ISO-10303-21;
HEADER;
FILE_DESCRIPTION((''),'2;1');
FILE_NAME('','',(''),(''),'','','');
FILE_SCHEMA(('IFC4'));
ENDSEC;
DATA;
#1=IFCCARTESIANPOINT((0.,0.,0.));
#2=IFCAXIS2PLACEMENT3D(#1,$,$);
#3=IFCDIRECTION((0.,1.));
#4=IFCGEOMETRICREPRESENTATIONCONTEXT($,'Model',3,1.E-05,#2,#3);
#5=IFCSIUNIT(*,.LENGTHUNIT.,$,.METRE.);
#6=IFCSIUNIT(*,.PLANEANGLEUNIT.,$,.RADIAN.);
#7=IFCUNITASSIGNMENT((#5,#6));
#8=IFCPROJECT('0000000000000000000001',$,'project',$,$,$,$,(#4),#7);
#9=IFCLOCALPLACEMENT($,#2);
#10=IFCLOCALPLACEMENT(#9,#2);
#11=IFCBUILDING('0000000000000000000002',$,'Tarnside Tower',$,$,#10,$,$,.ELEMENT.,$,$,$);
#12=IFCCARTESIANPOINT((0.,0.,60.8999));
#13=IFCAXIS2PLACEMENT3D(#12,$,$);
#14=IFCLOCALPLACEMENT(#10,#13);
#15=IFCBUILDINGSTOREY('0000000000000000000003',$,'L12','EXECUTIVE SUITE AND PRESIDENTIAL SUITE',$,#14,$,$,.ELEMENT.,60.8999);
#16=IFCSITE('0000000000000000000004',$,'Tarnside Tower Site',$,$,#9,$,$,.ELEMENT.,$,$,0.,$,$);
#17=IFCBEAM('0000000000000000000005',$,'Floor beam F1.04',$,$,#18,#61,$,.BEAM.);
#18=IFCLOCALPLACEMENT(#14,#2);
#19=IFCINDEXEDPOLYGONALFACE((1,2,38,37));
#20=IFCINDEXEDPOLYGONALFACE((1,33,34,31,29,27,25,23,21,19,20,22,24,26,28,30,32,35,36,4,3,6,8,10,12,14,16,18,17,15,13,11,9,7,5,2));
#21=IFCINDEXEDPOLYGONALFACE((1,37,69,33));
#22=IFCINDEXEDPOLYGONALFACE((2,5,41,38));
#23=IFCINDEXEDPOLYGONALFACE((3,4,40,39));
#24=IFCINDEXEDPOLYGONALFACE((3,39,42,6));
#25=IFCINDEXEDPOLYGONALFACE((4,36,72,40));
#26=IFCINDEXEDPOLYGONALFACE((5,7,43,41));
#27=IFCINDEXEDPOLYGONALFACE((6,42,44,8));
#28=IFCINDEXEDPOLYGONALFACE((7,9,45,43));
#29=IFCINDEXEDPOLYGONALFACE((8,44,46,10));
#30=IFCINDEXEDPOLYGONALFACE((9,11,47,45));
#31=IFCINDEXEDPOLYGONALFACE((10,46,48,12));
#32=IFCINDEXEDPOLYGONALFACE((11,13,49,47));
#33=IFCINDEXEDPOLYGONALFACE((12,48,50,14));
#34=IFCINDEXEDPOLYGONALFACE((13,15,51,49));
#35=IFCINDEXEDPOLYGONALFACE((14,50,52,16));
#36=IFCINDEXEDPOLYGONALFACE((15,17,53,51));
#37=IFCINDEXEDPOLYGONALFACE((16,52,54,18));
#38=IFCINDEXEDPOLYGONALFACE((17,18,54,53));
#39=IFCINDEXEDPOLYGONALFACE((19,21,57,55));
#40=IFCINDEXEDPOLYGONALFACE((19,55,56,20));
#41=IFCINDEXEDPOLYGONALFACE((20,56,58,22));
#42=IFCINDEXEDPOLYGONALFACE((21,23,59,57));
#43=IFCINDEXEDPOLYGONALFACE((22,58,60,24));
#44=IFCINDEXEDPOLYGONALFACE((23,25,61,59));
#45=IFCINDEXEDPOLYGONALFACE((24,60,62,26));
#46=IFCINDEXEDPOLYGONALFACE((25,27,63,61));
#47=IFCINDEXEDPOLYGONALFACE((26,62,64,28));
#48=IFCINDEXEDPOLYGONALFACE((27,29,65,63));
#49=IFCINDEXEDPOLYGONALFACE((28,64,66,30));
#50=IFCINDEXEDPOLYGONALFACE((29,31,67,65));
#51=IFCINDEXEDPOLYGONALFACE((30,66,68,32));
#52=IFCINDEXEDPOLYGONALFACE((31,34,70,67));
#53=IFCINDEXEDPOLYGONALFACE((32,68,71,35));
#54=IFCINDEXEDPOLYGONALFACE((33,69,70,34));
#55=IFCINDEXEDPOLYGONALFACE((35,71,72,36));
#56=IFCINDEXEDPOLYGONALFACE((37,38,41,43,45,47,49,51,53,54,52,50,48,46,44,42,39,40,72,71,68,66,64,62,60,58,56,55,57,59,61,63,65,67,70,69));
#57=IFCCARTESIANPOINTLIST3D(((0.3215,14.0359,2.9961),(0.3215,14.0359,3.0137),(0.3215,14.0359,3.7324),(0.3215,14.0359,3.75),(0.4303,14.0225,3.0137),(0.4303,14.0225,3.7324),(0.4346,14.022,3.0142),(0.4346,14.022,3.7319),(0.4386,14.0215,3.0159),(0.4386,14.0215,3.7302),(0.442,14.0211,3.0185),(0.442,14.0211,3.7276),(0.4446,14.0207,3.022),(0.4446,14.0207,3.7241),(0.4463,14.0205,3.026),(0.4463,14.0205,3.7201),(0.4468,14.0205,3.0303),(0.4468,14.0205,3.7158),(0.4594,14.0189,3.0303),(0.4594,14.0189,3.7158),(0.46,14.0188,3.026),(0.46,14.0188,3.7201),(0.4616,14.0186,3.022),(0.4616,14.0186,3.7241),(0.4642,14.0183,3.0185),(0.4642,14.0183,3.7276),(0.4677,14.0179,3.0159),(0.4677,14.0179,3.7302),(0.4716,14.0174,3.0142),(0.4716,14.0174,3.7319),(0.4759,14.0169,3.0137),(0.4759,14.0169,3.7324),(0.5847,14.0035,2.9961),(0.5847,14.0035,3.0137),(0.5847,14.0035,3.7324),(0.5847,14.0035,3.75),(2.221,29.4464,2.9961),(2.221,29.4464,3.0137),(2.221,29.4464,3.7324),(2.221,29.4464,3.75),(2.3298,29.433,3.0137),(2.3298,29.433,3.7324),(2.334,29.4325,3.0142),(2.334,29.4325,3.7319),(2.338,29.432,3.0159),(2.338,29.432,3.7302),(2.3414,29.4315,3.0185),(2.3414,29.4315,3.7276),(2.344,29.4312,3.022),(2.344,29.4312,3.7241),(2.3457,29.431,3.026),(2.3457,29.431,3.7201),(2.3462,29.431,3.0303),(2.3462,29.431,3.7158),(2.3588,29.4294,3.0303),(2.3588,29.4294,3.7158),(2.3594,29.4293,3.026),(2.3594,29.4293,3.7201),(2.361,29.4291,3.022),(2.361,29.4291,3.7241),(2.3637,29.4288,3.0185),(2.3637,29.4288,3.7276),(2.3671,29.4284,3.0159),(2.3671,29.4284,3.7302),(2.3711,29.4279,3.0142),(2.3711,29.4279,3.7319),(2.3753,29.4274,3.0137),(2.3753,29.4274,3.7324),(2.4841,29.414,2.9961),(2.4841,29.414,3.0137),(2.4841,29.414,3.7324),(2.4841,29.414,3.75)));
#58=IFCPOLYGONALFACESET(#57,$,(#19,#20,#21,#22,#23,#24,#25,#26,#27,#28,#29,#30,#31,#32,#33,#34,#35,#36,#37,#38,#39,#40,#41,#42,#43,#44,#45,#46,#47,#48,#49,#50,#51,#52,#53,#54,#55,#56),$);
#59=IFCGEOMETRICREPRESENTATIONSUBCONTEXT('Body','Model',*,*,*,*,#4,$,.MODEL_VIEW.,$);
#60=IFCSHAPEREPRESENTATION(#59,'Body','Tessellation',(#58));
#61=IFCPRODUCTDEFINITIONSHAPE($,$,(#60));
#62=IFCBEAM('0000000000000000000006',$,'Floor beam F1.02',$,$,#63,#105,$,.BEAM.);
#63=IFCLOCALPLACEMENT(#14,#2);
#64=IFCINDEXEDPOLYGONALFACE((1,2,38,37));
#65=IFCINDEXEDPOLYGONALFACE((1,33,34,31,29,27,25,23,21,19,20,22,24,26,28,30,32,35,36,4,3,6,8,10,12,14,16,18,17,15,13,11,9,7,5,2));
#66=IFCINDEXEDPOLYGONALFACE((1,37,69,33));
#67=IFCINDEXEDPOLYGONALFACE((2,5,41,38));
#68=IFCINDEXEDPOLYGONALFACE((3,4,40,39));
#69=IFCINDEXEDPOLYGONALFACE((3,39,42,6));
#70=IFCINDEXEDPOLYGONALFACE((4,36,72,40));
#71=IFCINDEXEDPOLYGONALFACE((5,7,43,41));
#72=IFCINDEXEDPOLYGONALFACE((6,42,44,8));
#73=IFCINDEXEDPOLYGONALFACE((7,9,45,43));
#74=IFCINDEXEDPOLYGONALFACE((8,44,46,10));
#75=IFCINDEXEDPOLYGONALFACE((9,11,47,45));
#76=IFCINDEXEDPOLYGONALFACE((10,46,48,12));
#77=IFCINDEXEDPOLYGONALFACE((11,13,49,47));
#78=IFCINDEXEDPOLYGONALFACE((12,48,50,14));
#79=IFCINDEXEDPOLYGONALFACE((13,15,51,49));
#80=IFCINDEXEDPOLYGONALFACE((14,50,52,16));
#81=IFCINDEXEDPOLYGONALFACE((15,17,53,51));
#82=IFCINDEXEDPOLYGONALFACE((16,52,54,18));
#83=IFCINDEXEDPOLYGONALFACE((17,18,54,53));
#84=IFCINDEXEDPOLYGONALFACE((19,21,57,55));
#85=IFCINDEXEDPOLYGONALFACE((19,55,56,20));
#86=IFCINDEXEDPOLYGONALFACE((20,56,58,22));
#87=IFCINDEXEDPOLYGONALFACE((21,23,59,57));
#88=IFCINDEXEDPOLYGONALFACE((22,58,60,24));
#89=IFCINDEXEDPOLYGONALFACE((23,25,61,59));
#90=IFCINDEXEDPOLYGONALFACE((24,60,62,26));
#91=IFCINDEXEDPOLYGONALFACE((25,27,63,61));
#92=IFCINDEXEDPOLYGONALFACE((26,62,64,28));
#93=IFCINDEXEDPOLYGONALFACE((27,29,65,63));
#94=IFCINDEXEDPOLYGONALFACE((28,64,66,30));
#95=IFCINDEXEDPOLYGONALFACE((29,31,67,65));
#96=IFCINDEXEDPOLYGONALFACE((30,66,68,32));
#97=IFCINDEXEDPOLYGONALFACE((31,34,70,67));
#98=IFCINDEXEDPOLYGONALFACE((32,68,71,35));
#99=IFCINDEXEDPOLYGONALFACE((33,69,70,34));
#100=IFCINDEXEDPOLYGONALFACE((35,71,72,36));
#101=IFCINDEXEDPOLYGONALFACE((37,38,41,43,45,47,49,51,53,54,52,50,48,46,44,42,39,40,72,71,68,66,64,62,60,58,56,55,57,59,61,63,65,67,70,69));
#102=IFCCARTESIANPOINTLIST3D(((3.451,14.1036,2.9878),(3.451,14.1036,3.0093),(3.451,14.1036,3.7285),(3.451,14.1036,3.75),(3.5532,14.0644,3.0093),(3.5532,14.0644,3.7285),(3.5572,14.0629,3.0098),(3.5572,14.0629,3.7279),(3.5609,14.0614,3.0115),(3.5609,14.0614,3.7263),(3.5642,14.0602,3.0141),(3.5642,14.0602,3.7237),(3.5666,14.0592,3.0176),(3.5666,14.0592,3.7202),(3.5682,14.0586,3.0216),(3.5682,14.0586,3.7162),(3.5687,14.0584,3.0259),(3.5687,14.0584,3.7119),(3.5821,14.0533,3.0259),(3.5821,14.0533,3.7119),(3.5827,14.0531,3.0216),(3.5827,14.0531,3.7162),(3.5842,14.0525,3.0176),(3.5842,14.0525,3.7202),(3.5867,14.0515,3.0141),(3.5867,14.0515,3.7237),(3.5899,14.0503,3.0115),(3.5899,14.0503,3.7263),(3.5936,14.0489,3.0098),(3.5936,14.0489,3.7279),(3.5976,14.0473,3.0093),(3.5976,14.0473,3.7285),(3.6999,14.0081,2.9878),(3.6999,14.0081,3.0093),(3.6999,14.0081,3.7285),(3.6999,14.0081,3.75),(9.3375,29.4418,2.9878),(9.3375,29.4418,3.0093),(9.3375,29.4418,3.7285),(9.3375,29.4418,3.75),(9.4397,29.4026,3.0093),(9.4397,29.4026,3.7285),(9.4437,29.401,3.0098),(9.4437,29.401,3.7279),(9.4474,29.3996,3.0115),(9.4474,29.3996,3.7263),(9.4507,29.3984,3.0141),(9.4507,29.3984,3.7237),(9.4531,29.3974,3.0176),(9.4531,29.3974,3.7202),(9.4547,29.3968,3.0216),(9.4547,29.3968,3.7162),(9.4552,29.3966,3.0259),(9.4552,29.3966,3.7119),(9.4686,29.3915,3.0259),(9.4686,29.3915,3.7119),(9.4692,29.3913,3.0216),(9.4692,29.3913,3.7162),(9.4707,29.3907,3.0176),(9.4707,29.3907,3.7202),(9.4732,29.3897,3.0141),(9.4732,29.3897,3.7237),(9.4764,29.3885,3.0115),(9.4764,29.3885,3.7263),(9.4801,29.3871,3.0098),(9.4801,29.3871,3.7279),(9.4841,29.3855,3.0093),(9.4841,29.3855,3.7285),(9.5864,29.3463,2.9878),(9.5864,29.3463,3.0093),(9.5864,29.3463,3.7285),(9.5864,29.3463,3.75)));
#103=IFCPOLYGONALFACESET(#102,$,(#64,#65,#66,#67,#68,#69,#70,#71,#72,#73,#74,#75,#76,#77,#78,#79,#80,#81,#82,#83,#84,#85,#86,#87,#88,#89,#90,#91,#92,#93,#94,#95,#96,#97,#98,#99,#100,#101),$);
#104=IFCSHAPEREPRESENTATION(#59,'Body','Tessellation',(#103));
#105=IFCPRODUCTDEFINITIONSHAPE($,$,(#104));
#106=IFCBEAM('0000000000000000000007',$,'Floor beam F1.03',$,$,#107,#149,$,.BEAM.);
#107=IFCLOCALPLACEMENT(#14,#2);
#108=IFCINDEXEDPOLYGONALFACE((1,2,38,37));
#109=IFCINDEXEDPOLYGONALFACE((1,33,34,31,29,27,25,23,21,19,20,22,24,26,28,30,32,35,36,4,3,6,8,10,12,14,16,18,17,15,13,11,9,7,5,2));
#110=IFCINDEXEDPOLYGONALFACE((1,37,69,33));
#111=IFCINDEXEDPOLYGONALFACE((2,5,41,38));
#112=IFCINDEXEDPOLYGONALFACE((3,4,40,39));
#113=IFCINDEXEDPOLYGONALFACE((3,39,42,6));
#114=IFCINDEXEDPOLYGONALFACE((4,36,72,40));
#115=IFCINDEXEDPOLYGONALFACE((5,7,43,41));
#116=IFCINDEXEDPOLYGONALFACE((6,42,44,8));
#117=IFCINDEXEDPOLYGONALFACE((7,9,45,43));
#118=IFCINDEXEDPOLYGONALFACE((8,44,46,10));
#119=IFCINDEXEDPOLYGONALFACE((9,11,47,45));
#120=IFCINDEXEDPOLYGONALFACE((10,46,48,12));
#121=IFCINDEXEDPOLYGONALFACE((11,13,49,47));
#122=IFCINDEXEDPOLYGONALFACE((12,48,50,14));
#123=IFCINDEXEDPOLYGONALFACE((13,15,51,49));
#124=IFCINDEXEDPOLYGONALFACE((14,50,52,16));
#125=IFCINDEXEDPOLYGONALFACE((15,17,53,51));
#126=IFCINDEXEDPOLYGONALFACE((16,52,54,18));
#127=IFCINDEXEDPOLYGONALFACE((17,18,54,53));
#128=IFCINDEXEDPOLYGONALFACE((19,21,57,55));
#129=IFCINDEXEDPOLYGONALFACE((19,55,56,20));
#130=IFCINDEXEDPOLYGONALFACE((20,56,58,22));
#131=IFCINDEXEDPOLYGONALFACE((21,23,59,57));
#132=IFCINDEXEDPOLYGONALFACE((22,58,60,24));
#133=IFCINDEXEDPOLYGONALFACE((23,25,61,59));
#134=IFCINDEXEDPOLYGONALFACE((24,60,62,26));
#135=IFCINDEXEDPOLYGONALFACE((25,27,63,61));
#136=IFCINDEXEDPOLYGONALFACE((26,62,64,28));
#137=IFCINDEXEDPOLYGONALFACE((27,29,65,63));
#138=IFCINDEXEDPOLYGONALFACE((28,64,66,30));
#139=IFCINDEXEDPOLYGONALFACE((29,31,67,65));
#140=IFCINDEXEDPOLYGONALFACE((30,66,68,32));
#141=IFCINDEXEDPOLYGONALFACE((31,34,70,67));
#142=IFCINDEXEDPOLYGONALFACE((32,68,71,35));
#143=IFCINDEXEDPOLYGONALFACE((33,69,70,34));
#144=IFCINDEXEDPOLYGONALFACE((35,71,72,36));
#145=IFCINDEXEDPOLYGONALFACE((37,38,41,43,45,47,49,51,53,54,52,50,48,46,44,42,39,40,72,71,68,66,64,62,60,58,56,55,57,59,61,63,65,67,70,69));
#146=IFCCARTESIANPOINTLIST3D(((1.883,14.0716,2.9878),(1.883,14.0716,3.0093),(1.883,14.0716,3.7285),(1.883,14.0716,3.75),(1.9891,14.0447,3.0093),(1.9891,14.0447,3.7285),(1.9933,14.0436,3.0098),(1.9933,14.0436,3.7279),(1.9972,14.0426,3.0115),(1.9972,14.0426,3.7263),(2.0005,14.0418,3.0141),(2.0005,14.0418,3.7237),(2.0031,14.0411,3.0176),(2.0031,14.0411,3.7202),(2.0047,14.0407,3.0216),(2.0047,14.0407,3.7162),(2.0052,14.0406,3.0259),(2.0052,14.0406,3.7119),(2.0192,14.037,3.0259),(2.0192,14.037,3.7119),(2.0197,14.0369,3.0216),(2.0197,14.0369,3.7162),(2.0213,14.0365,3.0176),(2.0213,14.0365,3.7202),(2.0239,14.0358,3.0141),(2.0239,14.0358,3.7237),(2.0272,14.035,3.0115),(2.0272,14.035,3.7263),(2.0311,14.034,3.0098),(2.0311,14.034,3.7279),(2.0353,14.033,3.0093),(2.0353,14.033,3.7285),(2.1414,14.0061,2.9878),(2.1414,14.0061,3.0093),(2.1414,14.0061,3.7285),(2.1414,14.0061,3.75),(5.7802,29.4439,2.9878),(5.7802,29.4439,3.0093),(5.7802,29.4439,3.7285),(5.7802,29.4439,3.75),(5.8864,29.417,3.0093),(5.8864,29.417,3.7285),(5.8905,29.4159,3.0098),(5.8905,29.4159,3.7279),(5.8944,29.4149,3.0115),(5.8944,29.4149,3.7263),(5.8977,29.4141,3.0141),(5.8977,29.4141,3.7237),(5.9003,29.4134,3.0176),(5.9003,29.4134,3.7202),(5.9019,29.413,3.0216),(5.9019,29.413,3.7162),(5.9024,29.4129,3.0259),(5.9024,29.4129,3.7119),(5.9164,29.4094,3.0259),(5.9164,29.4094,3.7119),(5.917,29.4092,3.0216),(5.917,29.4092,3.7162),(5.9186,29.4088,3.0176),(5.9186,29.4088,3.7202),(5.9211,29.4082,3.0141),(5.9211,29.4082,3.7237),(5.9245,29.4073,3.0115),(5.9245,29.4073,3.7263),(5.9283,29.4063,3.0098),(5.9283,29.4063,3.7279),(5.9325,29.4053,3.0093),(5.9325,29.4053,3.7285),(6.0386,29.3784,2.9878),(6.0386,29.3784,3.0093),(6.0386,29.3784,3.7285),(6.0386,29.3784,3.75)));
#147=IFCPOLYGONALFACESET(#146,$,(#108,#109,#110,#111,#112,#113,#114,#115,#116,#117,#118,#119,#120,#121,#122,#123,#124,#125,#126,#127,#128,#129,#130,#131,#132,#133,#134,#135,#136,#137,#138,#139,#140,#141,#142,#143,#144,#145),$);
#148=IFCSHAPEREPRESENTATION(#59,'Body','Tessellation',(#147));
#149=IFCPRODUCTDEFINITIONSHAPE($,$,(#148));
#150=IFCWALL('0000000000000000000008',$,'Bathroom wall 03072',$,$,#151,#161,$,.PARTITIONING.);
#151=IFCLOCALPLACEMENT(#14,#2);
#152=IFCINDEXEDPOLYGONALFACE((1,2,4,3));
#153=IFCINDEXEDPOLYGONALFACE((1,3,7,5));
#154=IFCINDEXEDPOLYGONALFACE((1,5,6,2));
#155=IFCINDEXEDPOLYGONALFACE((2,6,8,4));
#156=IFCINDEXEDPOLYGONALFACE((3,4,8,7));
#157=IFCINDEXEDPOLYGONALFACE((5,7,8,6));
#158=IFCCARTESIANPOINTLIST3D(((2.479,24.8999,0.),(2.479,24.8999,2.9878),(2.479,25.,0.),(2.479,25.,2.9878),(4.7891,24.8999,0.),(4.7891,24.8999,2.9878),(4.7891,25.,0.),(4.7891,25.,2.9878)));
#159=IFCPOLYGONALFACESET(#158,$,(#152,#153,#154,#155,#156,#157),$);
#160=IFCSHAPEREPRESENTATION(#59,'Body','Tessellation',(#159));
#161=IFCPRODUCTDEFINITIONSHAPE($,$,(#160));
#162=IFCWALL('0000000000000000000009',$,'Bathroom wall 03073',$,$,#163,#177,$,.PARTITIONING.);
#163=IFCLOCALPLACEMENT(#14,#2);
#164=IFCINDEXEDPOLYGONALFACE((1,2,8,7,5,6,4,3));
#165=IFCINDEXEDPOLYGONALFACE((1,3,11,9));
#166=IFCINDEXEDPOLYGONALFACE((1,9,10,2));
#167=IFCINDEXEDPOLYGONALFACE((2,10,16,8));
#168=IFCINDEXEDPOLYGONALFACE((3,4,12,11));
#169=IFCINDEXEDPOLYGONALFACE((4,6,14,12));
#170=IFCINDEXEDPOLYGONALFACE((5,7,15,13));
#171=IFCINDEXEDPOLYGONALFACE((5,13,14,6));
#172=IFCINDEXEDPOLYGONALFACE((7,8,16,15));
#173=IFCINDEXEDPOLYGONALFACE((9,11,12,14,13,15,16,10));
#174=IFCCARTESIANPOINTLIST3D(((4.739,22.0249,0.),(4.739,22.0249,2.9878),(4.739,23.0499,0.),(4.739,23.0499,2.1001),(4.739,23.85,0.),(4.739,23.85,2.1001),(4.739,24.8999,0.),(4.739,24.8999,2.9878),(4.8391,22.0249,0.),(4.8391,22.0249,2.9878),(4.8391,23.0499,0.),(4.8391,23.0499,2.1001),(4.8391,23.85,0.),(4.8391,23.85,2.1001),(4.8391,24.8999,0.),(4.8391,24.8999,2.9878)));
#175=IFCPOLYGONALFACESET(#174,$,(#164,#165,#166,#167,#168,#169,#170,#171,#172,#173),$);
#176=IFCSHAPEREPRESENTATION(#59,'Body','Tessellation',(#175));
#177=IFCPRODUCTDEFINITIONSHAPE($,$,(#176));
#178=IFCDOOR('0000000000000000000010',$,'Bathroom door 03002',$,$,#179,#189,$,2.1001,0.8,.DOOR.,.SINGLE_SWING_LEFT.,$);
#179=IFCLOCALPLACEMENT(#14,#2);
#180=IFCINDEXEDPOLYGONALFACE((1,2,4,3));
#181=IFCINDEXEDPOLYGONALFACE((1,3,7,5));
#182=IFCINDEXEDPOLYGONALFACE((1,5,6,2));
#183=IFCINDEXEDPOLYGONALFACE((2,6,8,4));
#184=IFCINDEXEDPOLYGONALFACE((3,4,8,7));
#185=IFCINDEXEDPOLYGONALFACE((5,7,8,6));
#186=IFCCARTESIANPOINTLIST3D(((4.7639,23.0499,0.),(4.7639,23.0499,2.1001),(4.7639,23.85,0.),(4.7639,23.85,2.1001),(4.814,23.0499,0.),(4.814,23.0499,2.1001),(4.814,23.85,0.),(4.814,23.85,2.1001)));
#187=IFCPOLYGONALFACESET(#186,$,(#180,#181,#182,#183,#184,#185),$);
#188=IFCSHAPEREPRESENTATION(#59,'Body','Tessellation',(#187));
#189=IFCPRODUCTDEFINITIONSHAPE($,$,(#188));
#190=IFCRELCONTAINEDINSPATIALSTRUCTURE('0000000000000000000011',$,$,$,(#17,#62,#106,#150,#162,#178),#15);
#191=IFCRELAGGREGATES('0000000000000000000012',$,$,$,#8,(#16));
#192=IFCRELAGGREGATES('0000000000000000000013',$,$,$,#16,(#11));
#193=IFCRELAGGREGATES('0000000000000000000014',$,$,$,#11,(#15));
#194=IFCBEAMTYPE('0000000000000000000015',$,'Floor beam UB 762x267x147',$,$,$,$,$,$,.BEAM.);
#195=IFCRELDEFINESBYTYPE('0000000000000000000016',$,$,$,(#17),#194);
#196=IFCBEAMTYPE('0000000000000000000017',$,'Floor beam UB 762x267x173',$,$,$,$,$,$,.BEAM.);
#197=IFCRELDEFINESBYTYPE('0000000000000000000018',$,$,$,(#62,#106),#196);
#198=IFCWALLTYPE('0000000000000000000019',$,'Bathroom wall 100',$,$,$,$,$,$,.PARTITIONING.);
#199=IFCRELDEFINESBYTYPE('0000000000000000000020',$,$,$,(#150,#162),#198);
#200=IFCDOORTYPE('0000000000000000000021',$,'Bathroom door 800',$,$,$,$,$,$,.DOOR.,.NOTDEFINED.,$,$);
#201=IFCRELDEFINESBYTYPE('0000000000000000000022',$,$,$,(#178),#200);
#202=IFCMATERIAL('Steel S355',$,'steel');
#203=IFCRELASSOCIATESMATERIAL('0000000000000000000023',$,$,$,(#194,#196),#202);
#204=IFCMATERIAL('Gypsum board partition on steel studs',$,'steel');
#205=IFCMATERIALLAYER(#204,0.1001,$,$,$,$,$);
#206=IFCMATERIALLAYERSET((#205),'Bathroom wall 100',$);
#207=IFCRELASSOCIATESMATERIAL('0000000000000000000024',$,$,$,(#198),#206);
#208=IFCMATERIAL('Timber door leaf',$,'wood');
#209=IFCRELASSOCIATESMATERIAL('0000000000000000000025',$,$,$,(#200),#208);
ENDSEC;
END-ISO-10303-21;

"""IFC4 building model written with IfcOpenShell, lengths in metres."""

from ifc_helpers import new_model, si_unit, direction, frame, frame_2d, origin, origin_2d, place, context, subcontext, project, spatial, rectangle, i_section, extrude, material, layer, layer_set, material_profile, profile_set, type_object, element, fill, save


model = new_model("IFC4")

# Units and contexts
model_context = context("Model", 3, precision=1e-05, world=origin(), true_north=direction((0.0, 1.0)))
body_context = subcontext(model_context, "Body", "Model", "MODEL_VIEW")
ifc_project = project(units=[si_unit("LENGTHUNIT", "METRE"), si_unit("PLANEANGLEUNIT", "RADIAN")], contexts=[model_context])

# Site, building, storey
site_placement = place(None, origin())
site = spatial("IfcSite", under=ifc_project, at=site_placement, Name="Tarnside Tower Site", CompositionType="ELEMENT", RefElevation=0.0)
building_placement = place(site_placement, origin())
building = spatial("IfcBuilding", under=site, at=building_placement, Name="Tarnside Tower", CompositionType="ELEMENT")
storey_placement = place(building_placement, frame((0.0, 0.0, 60.8999)))
storey = spatial("IfcBuildingStorey", under=building, at=storey_placement, Name="L12", Description="EXECUTIVE SUITE AND PRESIDENTIAL SUITE", CompositionType="ELEMENT", Elevation=60.8999)

# Beams
ifc_material_1 = material(Name="Steel S355", Category="steel")
ifc_material_profile_1 = material_profile(ifc_material_1, i_section(OverallWidth=0.2651, OverallDepth=0.7539, WebThickness=0.0127, FlangeThickness=0.0176, FilletRadius=0.0166, at=origin_2d()), Name="UB 762x267x147")
ifc_profile_set_1 = profile_set([ifc_material_profile_1], Name="Steel S355")
beam_type_1 = type_object("IfcBeamType", Name="Floor beam UB 762x267x147", PredefinedType="BEAM", material=ifc_profile_set_1)
beam_1_placement = place(storey_placement, frame((2.3525, 29.4302, 3.373), z_axis=(-0.12233, -0.99249, 0.0), x_axis=(0.99249, -0.12233, 0.0)))
element("IfcBeam", 1, at=beam_1_placement, inside=storey, type_object=beam_type_1, Name="Floor beam F1.04", PredefinedType="BEAM", context=body_context, shape_type="SweptSolid", body=[
    extrude(i_section(OverallWidth=0.2651, OverallDepth=0.7539, WebThickness=0.0127, FlangeThickness=0.0176, FilletRadius=0.0166, at=origin_2d()), origin(), (0.0, 0.0, 1.0), 15.5271),
])
ifc_material_profile_2 = material_profile(ifc_material_1, i_section(OverallWidth=0.2666, OverallDepth=0.7622, WebThickness=0.0144, FlangeThickness=0.0215, FilletRadius=0.0166, at=origin_2d()), Name="UB 762x267x173")
ifc_profile_set_2 = profile_set([ifc_material_profile_2], Name="Steel S355")
beam_type_2 = type_object("IfcBeamType", Name="Floor beam UB 762x267x173", PredefinedType="BEAM", material=ifc_profile_set_2)
beam_2_placement = place(storey_placement, frame((9.4619, 29.394, 3.3689), z_axis=(-0.3583, -0.933607, 0.0), x_axis=(0.933607, -0.3583, 0.0)))
element("IfcBeam", 2, at=beam_2_placement, inside=storey, type_object=beam_type_2, Name="Floor beam F1.02", PredefinedType="BEAM", context=body_context, shape_type="SweptSolid", body=[
    extrude(i_section(OverallWidth=0.2666, OverallDepth=0.7622, WebThickness=0.0144, FlangeThickness=0.0215, FilletRadius=0.0166, at=origin_2d()), origin(), (0.0, 0.0, 1.0), 16.429),
])
beam_3_placement = place(storey_placement, frame((5.9094, 29.4111, 3.3689), z_axis=(-0.245747, -0.969334, 0.0), x_axis=(0.969334, -0.245747, 0.0)))
element("IfcBeam", 3, at=beam_3_placement, inside=storey, type_object=beam_type_2, Name="Floor beam F1.03", PredefinedType="BEAM", context=body_context, shape_type="SweptSolid", body=[
    extrude(i_section(OverallWidth=0.2666, OverallDepth=0.7622, WebThickness=0.0144, FlangeThickness=0.0215, FilletRadius=0.0166, at=origin_2d()), origin(), (0.0, 0.0, 1.0), 15.8586),
])

# Wall
ifc_material_2 = material(Name="Gypsum board partition on steel studs", Category="steel")
ifc_layer_1 = layer(ifc_material_2, 0.1001)
ifc_layer_set_1 = layer_set([ifc_layer_1], Name="Bathroom wall 100")
wall_type_1 = type_object("IfcWallType", Name="Bathroom wall 100", PredefinedType="PARTITIONING", material=ifc_layer_set_1)
wall_1_placement = place(storey_placement, frame((2.479, 24.95, 0.0), z_axis=(0.0, 0.0, 1.0), x_axis=(1.0, 0.0, 0.0)))
element("IfcWall", 4, at=wall_1_placement, inside=storey, type_object=wall_type_1, Name="Bathroom wall 03072", PredefinedType="PARTITIONING", context=body_context, shape_type="SweptSolid", body=[
    extrude(rectangle(XDim=2.3101, YDim=0.1001, at=frame_2d((1.155, 0.0))), origin(), (0.0, 0.0, 1.0), 2.9878),
])

# Wall, opening, door
wall_2_placement = place(storey_placement, frame((4.7891, 24.8999, 0.0), z_axis=(0.0, 0.0, 1.0), x_axis=(0.0, -1.0, 0.0)))
wall_2 = element("IfcWall", 5, at=wall_2_placement, inside=storey, type_object=wall_type_1, Name="Bathroom wall 03073", PredefinedType="PARTITIONING", context=body_context, shape_type="SweptSolid", body=[
    extrude(rectangle(XDim=2.875, YDim=0.1001, at=frame_2d((1.4375, 0.0))), origin(), (0.0, 0.0, 1.0), 2.9878),
])
opening_placement = place(wall_2_placement, frame((1.05, 0.0, 0.0)))
opening = element("IfcOpeningElement", 6, at=opening_placement, cuts=wall_2, PredefinedType="OPENING", context=body_context, shape_type="SweptSolid", body=[
    extrude(rectangle(XDim=0.8, YDim=2.1001, at=frame_2d((0.3999, 1.05))), frame((0.0, 0.0601, 0.0), z_axis=(0.0, -1.0, 0.0), x_axis=(1.0, 0.0, 0.0)), (0.0, 0.0, 1.0), 0.1201),
])
ifc_material_3 = material(Name="Timber door leaf", Category="wood")
door_type = type_object("IfcDoorType", Name="Bathroom door 800", OperationType="NOTDEFINED", PredefinedType="DOOR", material=ifc_material_3)
door_placement = place(opening_placement, origin())
door = element("IfcDoor", 7, at=door_placement, inside=storey, type_object=door_type, Name="Bathroom door 03002", OperationType="SINGLE_SWING_LEFT", OverallHeight=2.1001, OverallWidth=0.8, PredefinedType="DOOR", context=body_context, shape_type="SweptSolid", body=[
    extrude(rectangle(XDim=0.8, YDim=2.1001, at=frame_2d((0.3999, 1.05))), frame((0.0, 0.0249, 0.0), z_axis=(0.0, -1.0, 0.0), x_axis=(1.0, 0.0, 0.0)), (0.0, 0.0, 1.0), 0.05),
])
fill(opening, door)

save(model, "model.ifc")
